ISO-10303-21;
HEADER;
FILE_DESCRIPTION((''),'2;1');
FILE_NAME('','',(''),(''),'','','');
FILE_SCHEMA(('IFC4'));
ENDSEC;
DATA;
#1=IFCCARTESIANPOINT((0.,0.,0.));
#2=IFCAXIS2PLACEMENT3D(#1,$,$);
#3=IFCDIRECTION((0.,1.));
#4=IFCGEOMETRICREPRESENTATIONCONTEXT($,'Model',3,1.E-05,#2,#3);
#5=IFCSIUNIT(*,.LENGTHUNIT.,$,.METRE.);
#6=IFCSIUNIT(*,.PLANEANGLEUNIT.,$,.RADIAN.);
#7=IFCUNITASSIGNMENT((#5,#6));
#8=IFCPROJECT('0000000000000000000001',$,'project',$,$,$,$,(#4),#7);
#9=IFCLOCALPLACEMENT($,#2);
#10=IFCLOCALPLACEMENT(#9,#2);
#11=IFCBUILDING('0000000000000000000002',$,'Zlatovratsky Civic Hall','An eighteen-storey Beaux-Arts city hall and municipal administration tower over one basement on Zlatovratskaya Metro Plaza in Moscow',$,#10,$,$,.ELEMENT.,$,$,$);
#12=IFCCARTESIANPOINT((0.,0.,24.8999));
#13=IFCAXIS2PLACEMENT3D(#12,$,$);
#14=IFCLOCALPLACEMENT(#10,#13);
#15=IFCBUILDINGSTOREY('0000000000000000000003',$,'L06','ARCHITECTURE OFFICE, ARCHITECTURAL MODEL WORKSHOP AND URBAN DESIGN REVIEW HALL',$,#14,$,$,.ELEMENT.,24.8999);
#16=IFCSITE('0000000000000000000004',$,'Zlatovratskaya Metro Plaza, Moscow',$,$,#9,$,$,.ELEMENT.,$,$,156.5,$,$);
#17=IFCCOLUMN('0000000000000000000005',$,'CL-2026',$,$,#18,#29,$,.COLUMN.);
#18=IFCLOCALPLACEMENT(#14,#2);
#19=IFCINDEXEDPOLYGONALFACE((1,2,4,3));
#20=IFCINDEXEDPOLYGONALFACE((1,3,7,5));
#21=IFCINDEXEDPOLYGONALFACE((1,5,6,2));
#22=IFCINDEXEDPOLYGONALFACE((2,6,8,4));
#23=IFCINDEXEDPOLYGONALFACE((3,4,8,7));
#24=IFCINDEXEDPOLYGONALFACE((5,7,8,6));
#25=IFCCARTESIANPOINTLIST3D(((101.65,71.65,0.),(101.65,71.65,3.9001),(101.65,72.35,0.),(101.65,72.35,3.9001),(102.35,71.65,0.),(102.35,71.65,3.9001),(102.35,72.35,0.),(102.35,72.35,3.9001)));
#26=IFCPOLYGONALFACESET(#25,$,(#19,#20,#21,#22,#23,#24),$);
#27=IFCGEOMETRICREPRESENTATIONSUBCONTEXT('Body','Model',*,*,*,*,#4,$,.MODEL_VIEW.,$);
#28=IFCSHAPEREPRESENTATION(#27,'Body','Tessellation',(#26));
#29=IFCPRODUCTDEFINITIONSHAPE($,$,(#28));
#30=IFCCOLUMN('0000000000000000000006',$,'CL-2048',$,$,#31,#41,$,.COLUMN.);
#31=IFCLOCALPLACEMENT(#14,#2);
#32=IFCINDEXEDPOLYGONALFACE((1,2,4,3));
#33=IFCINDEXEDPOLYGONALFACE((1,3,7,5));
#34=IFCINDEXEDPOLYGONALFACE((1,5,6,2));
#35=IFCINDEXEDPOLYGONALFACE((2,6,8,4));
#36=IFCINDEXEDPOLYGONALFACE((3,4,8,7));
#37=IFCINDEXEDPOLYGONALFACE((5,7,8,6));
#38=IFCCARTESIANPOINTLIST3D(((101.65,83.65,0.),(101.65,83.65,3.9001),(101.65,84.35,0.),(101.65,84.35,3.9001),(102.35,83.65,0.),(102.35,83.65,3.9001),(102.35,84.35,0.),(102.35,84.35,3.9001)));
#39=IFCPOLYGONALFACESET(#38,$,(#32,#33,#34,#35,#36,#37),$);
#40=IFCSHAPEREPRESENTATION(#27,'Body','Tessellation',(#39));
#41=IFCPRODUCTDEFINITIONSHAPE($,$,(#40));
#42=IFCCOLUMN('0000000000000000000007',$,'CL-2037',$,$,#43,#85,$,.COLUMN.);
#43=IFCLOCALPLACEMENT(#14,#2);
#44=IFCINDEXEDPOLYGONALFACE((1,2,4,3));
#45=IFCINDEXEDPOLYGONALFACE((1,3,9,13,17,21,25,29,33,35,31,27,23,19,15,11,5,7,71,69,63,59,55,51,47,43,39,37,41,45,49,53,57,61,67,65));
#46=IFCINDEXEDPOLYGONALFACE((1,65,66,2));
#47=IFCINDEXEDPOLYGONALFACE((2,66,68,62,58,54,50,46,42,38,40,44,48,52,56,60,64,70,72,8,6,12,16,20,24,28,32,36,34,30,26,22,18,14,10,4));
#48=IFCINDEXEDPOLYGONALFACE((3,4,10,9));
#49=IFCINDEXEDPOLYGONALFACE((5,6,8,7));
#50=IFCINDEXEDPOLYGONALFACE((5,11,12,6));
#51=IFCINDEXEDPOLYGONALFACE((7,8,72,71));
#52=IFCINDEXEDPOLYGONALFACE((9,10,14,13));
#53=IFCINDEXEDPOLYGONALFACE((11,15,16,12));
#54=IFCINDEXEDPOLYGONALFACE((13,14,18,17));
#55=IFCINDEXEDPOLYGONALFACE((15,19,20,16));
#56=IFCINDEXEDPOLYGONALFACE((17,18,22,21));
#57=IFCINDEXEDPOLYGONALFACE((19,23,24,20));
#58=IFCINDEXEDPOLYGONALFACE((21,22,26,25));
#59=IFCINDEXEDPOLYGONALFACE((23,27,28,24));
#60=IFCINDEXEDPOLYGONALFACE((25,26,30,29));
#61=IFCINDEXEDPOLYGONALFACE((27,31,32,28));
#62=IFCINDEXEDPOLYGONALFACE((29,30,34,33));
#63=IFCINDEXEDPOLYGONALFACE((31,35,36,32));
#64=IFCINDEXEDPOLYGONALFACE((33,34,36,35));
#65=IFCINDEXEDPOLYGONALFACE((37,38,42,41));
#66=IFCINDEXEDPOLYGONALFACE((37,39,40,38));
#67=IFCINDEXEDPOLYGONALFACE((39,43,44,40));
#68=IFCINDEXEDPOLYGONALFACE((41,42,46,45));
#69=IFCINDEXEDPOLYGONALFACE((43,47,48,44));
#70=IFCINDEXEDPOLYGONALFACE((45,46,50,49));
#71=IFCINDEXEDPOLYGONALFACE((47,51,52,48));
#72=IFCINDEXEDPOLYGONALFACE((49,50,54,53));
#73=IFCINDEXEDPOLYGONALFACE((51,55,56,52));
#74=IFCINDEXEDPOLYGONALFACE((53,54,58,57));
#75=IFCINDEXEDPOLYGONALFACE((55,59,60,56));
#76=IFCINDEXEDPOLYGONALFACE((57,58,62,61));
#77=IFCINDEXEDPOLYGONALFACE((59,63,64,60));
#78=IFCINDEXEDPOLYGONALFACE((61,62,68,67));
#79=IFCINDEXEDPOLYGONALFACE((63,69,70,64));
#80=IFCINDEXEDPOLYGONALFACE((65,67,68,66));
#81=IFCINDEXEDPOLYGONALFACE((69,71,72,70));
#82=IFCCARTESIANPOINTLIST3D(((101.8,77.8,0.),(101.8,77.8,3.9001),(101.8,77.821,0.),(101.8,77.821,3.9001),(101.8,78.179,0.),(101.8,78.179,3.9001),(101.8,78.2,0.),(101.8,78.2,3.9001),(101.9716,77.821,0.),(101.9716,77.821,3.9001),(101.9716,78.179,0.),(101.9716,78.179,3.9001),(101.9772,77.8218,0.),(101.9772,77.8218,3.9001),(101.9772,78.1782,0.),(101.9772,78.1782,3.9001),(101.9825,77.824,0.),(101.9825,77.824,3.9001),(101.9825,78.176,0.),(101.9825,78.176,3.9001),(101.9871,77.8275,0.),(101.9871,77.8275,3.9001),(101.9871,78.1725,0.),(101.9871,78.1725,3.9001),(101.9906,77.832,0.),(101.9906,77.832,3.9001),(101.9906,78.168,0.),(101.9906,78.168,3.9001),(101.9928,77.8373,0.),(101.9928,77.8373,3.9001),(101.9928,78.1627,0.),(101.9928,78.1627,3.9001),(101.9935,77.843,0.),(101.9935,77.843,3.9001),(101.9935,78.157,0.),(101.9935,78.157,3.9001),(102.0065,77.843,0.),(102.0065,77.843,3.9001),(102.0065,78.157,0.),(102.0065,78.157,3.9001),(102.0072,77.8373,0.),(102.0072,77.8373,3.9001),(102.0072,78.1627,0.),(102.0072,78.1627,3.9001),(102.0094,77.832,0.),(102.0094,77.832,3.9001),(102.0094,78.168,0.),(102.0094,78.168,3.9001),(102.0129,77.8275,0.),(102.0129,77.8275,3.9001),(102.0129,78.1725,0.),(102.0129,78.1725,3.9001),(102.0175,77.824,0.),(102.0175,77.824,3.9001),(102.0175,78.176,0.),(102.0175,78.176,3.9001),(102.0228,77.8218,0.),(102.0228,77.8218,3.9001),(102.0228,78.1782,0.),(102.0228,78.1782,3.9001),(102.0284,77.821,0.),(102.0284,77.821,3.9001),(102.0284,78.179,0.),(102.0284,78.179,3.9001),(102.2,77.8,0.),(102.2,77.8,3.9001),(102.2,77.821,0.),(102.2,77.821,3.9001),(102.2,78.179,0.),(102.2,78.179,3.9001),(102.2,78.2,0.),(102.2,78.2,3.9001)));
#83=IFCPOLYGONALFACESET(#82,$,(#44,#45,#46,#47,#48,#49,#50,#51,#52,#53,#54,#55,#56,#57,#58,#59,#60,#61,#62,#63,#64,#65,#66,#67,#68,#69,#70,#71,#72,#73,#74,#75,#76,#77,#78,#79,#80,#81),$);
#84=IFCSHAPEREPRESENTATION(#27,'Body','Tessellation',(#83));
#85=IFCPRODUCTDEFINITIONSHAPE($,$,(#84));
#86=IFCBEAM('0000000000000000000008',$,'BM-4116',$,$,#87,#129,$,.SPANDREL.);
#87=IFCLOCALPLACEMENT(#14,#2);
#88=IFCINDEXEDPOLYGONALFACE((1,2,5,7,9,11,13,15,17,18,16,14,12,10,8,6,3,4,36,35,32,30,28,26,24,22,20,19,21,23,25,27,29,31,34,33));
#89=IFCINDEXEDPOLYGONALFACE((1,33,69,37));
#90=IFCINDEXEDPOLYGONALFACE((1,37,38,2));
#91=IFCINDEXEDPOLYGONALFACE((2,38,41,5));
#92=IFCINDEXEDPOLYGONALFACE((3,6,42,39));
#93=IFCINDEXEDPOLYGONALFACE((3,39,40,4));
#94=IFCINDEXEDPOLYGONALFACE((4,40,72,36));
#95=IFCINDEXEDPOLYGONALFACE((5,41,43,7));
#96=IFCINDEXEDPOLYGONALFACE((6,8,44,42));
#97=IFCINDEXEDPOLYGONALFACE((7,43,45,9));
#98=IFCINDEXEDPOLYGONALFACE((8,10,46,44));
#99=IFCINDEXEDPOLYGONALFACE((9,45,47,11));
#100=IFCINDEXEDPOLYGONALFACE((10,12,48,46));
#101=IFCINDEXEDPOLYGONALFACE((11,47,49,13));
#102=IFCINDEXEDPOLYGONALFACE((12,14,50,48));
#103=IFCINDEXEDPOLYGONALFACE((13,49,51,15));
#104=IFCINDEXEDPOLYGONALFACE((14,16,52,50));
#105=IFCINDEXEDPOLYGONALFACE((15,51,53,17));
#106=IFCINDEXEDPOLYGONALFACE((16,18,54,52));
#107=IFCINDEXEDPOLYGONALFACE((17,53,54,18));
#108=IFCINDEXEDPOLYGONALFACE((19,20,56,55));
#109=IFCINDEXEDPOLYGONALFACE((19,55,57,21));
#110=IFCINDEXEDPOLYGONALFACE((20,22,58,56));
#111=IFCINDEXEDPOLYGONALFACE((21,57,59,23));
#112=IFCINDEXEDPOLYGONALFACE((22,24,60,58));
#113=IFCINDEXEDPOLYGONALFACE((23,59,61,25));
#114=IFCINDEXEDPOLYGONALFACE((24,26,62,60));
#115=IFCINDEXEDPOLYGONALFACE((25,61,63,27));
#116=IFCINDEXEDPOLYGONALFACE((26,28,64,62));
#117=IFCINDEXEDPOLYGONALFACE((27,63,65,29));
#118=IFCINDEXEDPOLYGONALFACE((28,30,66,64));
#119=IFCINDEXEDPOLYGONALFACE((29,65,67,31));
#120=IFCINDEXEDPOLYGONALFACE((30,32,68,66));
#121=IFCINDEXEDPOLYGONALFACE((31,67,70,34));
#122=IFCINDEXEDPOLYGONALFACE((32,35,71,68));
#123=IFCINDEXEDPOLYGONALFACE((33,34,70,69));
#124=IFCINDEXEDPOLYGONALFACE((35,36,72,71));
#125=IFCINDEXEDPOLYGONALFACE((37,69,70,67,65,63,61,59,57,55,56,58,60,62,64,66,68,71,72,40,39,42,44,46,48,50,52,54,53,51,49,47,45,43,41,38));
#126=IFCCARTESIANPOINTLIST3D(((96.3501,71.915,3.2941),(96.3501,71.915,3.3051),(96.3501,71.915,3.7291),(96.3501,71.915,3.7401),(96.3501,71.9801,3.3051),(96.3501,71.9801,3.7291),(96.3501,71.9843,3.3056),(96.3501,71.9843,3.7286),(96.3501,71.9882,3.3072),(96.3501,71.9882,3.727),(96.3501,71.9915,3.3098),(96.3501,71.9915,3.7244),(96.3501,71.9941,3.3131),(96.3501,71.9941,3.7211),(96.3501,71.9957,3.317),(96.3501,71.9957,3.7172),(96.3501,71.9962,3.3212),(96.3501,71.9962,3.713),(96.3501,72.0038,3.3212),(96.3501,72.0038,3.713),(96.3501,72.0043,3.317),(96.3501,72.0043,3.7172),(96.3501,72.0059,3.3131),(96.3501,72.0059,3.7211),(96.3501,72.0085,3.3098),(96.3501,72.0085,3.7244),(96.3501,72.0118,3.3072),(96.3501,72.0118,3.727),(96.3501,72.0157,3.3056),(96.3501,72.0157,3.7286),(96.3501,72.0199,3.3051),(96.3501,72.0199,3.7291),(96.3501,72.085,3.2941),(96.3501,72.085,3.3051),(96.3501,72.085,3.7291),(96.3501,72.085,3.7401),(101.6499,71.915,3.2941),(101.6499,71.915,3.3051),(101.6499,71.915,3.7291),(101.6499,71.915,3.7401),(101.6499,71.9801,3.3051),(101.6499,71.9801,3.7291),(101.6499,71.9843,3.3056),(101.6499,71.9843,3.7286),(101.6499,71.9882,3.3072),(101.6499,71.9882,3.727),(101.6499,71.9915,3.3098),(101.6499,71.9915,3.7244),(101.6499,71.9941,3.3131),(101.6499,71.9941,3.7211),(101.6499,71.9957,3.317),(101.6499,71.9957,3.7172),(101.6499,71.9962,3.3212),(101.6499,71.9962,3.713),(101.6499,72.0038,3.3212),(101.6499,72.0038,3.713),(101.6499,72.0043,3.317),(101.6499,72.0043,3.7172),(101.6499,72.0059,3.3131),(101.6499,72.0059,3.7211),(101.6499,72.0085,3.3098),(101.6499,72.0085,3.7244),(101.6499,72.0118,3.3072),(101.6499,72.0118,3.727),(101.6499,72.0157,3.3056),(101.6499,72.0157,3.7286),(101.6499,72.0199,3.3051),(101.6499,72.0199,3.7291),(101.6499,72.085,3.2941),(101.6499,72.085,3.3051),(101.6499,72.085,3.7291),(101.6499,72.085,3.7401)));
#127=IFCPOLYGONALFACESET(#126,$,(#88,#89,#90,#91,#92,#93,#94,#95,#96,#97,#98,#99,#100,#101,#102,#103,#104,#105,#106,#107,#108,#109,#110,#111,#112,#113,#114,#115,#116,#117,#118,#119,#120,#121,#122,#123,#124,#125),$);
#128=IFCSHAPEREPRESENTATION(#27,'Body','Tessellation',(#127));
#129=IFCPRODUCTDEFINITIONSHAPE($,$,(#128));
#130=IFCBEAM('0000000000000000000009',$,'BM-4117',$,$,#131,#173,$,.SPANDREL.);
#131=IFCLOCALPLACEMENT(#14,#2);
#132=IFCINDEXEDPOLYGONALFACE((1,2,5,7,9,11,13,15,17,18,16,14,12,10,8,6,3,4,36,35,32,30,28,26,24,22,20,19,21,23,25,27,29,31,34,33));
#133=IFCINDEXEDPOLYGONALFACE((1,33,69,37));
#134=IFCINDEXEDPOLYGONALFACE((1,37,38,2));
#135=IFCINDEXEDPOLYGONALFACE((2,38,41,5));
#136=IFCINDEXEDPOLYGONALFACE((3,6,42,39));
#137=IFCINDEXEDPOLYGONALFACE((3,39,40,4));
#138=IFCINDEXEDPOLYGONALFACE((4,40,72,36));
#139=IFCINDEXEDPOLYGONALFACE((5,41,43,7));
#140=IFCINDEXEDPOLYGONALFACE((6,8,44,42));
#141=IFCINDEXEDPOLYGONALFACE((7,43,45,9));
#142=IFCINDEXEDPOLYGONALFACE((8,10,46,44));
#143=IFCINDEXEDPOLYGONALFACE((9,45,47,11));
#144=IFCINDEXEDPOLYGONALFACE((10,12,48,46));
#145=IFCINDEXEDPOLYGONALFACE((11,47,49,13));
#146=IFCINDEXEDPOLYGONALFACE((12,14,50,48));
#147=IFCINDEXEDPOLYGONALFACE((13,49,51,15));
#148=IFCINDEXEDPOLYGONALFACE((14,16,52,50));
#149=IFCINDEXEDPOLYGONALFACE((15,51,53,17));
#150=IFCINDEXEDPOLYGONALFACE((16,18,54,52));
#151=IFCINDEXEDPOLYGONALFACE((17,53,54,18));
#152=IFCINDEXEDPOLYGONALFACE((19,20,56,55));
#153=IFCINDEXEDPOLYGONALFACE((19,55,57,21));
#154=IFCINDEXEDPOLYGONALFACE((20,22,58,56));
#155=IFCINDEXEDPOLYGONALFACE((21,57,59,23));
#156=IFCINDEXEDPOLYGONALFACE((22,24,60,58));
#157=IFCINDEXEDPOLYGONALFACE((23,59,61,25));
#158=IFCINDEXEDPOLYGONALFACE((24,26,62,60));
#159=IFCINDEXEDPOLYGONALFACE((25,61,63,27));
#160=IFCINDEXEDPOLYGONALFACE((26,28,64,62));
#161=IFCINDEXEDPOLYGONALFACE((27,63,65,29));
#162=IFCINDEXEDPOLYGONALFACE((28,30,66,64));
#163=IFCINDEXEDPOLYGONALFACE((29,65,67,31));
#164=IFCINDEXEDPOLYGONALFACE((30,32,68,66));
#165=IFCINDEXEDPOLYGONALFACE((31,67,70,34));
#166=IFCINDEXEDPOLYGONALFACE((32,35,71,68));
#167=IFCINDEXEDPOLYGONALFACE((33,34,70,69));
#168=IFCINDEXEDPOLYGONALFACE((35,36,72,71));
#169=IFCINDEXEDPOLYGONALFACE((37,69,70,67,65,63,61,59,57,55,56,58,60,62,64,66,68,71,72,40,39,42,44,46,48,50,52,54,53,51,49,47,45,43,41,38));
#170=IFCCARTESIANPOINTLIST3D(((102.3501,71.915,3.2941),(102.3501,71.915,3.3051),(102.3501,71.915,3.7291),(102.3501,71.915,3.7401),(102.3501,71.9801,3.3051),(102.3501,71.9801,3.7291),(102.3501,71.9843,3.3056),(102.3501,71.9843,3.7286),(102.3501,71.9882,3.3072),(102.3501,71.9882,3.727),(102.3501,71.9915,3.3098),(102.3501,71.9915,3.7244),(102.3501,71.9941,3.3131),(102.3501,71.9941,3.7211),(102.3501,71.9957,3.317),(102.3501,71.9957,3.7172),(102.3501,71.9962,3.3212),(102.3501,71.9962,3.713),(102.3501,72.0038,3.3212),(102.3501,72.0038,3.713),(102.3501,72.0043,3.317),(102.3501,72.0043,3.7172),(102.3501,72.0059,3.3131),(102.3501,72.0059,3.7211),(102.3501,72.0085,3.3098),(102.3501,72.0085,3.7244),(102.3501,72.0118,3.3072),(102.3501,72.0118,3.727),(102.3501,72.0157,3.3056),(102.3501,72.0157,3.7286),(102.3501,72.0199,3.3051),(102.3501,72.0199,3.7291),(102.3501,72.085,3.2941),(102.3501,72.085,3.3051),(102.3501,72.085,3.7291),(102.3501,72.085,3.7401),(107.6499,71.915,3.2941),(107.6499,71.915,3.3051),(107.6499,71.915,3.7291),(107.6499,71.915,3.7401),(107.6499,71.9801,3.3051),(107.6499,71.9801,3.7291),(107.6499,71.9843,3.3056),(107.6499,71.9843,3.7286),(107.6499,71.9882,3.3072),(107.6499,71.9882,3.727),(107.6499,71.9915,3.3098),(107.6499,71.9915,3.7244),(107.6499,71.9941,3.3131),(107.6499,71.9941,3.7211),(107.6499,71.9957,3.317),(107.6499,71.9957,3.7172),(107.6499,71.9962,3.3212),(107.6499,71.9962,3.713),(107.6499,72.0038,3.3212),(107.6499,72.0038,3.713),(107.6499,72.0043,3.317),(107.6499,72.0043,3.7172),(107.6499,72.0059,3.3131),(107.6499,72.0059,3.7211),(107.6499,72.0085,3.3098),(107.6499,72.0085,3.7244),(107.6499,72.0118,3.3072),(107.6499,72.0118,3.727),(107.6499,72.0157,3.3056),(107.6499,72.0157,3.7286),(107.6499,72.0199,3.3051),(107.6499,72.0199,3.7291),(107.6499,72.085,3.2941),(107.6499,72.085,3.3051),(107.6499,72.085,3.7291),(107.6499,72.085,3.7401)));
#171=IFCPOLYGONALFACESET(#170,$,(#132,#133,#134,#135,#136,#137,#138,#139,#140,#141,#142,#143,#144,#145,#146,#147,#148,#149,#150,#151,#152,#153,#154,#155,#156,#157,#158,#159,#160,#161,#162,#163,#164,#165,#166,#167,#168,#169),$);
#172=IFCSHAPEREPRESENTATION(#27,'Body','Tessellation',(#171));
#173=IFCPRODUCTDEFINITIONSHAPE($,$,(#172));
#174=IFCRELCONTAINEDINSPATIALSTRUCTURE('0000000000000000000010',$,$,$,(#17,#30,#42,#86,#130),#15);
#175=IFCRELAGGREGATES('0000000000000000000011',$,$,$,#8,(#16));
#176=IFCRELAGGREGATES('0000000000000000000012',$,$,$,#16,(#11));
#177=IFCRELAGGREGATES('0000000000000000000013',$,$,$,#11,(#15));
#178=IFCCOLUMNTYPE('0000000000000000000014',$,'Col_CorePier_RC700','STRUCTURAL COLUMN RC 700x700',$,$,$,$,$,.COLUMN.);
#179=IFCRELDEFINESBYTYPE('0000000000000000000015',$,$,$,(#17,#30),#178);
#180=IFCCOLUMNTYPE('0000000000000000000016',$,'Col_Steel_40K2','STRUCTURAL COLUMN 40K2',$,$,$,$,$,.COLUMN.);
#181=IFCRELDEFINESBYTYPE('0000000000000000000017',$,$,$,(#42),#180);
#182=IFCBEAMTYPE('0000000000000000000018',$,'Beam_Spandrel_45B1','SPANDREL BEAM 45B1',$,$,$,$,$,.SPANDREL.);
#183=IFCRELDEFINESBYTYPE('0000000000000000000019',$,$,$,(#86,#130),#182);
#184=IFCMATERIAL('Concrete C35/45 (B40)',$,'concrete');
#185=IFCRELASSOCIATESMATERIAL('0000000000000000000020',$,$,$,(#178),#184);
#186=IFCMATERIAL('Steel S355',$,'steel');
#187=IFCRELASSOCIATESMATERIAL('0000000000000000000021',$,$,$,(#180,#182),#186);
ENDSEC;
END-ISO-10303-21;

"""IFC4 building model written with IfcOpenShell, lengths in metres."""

from ifc_helpers import new_model, si_unit, direction, frame, origin, origin_2d, place, context, subcontext, project, spatial, rectangle, i_section, extrude, material, material_profile, profile_set, type_object, element, save


model = new_model("IFC4")

# Units and contexts
model_context = context("Model", 3, precision=1e-05, world=origin(), true_north=direction((0.0, 1.0)))
body_context = subcontext(model_context, "Body", "Model", "MODEL_VIEW")
ifc_project = project(units=[si_unit("LENGTHUNIT", "METRE"), si_unit("PLANEANGLEUNIT", "RADIAN")], contexts=[model_context])

# Site, building, storey
site_placement = place(None, origin())
site = spatial("IfcSite", under=ifc_project, at=site_placement, Name="Zlatovratskaya Metro Plaza, Moscow", CompositionType="ELEMENT", RefElevation=156.5)
building_placement = place(site_placement, origin())
building = spatial("IfcBuilding", under=site, at=building_placement, Name="Zlatovratsky Civic Hall", Description="An eighteen-storey Beaux-Arts city hall and municipal administration tower over one basement on Zlatovratskaya Metro Plaza in Moscow", CompositionType="ELEMENT")
storey_placement = place(building_placement, frame((0.0, 0.0, 24.8999)))
storey = spatial("IfcBuildingStorey", under=building, at=storey_placement, Name="L06", Description="ARCHITECTURE OFFICE, ARCHITECTURAL MODEL WORKSHOP AND URBAN DESIGN REVIEW HALL", CompositionType="ELEMENT", Elevation=24.8999)

# Columns
ifc_material_1 = material(Name="Concrete C35/45 (B40)", Category="concrete")
ifc_material_profile_1 = material_profile(ifc_material_1, rectangle(XDim=0.7, YDim=0.7, at=origin_2d()), Name="RC 700x700")
ifc_profile_set_1 = profile_set([ifc_material_profile_1], Name="Concrete C35/45 (B40)")
column_type_1 = type_object("IfcColumnType", Name="Col_CorePier_RC700", Description="STRUCTURAL COLUMN RC 700x700", PredefinedType="COLUMN", material=ifc_profile_set_1)
for number, where, z_axis, x_axis, name in (
    (1, (102.0, 72.0, 0.0), (0.0, 0.0, 1.0), (1.0, 0.0, 0.0), "CL-2026"),
    (2, (102.0, 84.0, 0.0), (0.0, 0.0, 1.0), (1.0, 0.0, 0.0), "CL-2048"),
):
    element("IfcColumn", number, at=place(storey_placement, frame(where, z_axis=z_axis, x_axis=x_axis)), inside=storey, type_object=column_type_1, Name=name, PredefinedType="COLUMN", context=body_context, shape_type="SweptSolid", body=[
        extrude(rectangle(XDim=0.7, YDim=0.7, at=origin_2d()), origin(), (0.0, 0.0, 1.0), 3.9001),
    ])
ifc_material_2 = material(Name="Steel S355", Category="steel")
ifc_material_profile_2 = material_profile(ifc_material_2, i_section(OverallWidth=0.3999, OverallDepth=0.3999, WebThickness=0.0129, FlangeThickness=0.021, FilletRadius=0.022, at=origin_2d()), Name="40K2")
ifc_profile_set_2 = profile_set([ifc_material_profile_2], Name="Steel S355")
column_type_2 = type_object("IfcColumnType", Name="Col_Steel_40K2", Description="STRUCTURAL COLUMN 40K2", PredefinedType="COLUMN", material=ifc_profile_set_2)
column_placement = place(storey_placement, frame((102.0, 78.0, 0.0), z_axis=(0.0, 0.0, 1.0), x_axis=(1.0, 0.0, 0.0)))
element("IfcColumn", 3, at=column_placement, inside=storey, type_object=column_type_2, Name="CL-2037", PredefinedType="COLUMN", context=body_context, shape_type="SweptSolid", body=[
    extrude(i_section(OverallWidth=0.3999, OverallDepth=0.3999, WebThickness=0.0129, FlangeThickness=0.021, FilletRadius=0.022, at=origin_2d()), origin(), (0.0, 0.0, 1.0), 3.9001),
])

# Beams
ifc_material_profile_3 = material_profile(ifc_material_2, i_section(OverallWidth=0.1699, OverallDepth=0.446, WebThickness=0.0076, FlangeThickness=0.011, FilletRadius=0.0161, at=origin_2d()), Name="45B1")
ifc_profile_set_3 = profile_set([ifc_material_profile_3], Name="Steel S355")
beam_type_1 = type_object("IfcBeamType", Name="Beam_Spandrel_45B1", Description="SPANDREL BEAM 45B1", PredefinedType="SPANDREL", material=ifc_profile_set_3)
for number, where, z_axis, x_axis, name in (
    (4, (96.3501, 72.0, 3.5171), (1.0, 0.0, 0.0), (0.0, 1.0, 0.0), "BM-4116"),
    (5, (102.3501, 72.0, 3.5171), (1.0, 0.0, 0.0), (0.0, 1.0, 0.0), "BM-4117"),
):
    element("IfcBeam", number, at=place(storey_placement, frame(where, z_axis=z_axis, x_axis=x_axis)), inside=storey, type_object=beam_type_1, Name=name, PredefinedType="SPANDREL", context=body_context, shape_type="SweptSolid", body=[
        extrude(i_section(OverallWidth=0.1699, OverallDepth=0.446, WebThickness=0.0076, FlangeThickness=0.011, FilletRadius=0.0161, at=origin_2d()), origin(), (0.0, 0.0, 1.0), 5.2998),
    ])

save(model, "model.ifc")
